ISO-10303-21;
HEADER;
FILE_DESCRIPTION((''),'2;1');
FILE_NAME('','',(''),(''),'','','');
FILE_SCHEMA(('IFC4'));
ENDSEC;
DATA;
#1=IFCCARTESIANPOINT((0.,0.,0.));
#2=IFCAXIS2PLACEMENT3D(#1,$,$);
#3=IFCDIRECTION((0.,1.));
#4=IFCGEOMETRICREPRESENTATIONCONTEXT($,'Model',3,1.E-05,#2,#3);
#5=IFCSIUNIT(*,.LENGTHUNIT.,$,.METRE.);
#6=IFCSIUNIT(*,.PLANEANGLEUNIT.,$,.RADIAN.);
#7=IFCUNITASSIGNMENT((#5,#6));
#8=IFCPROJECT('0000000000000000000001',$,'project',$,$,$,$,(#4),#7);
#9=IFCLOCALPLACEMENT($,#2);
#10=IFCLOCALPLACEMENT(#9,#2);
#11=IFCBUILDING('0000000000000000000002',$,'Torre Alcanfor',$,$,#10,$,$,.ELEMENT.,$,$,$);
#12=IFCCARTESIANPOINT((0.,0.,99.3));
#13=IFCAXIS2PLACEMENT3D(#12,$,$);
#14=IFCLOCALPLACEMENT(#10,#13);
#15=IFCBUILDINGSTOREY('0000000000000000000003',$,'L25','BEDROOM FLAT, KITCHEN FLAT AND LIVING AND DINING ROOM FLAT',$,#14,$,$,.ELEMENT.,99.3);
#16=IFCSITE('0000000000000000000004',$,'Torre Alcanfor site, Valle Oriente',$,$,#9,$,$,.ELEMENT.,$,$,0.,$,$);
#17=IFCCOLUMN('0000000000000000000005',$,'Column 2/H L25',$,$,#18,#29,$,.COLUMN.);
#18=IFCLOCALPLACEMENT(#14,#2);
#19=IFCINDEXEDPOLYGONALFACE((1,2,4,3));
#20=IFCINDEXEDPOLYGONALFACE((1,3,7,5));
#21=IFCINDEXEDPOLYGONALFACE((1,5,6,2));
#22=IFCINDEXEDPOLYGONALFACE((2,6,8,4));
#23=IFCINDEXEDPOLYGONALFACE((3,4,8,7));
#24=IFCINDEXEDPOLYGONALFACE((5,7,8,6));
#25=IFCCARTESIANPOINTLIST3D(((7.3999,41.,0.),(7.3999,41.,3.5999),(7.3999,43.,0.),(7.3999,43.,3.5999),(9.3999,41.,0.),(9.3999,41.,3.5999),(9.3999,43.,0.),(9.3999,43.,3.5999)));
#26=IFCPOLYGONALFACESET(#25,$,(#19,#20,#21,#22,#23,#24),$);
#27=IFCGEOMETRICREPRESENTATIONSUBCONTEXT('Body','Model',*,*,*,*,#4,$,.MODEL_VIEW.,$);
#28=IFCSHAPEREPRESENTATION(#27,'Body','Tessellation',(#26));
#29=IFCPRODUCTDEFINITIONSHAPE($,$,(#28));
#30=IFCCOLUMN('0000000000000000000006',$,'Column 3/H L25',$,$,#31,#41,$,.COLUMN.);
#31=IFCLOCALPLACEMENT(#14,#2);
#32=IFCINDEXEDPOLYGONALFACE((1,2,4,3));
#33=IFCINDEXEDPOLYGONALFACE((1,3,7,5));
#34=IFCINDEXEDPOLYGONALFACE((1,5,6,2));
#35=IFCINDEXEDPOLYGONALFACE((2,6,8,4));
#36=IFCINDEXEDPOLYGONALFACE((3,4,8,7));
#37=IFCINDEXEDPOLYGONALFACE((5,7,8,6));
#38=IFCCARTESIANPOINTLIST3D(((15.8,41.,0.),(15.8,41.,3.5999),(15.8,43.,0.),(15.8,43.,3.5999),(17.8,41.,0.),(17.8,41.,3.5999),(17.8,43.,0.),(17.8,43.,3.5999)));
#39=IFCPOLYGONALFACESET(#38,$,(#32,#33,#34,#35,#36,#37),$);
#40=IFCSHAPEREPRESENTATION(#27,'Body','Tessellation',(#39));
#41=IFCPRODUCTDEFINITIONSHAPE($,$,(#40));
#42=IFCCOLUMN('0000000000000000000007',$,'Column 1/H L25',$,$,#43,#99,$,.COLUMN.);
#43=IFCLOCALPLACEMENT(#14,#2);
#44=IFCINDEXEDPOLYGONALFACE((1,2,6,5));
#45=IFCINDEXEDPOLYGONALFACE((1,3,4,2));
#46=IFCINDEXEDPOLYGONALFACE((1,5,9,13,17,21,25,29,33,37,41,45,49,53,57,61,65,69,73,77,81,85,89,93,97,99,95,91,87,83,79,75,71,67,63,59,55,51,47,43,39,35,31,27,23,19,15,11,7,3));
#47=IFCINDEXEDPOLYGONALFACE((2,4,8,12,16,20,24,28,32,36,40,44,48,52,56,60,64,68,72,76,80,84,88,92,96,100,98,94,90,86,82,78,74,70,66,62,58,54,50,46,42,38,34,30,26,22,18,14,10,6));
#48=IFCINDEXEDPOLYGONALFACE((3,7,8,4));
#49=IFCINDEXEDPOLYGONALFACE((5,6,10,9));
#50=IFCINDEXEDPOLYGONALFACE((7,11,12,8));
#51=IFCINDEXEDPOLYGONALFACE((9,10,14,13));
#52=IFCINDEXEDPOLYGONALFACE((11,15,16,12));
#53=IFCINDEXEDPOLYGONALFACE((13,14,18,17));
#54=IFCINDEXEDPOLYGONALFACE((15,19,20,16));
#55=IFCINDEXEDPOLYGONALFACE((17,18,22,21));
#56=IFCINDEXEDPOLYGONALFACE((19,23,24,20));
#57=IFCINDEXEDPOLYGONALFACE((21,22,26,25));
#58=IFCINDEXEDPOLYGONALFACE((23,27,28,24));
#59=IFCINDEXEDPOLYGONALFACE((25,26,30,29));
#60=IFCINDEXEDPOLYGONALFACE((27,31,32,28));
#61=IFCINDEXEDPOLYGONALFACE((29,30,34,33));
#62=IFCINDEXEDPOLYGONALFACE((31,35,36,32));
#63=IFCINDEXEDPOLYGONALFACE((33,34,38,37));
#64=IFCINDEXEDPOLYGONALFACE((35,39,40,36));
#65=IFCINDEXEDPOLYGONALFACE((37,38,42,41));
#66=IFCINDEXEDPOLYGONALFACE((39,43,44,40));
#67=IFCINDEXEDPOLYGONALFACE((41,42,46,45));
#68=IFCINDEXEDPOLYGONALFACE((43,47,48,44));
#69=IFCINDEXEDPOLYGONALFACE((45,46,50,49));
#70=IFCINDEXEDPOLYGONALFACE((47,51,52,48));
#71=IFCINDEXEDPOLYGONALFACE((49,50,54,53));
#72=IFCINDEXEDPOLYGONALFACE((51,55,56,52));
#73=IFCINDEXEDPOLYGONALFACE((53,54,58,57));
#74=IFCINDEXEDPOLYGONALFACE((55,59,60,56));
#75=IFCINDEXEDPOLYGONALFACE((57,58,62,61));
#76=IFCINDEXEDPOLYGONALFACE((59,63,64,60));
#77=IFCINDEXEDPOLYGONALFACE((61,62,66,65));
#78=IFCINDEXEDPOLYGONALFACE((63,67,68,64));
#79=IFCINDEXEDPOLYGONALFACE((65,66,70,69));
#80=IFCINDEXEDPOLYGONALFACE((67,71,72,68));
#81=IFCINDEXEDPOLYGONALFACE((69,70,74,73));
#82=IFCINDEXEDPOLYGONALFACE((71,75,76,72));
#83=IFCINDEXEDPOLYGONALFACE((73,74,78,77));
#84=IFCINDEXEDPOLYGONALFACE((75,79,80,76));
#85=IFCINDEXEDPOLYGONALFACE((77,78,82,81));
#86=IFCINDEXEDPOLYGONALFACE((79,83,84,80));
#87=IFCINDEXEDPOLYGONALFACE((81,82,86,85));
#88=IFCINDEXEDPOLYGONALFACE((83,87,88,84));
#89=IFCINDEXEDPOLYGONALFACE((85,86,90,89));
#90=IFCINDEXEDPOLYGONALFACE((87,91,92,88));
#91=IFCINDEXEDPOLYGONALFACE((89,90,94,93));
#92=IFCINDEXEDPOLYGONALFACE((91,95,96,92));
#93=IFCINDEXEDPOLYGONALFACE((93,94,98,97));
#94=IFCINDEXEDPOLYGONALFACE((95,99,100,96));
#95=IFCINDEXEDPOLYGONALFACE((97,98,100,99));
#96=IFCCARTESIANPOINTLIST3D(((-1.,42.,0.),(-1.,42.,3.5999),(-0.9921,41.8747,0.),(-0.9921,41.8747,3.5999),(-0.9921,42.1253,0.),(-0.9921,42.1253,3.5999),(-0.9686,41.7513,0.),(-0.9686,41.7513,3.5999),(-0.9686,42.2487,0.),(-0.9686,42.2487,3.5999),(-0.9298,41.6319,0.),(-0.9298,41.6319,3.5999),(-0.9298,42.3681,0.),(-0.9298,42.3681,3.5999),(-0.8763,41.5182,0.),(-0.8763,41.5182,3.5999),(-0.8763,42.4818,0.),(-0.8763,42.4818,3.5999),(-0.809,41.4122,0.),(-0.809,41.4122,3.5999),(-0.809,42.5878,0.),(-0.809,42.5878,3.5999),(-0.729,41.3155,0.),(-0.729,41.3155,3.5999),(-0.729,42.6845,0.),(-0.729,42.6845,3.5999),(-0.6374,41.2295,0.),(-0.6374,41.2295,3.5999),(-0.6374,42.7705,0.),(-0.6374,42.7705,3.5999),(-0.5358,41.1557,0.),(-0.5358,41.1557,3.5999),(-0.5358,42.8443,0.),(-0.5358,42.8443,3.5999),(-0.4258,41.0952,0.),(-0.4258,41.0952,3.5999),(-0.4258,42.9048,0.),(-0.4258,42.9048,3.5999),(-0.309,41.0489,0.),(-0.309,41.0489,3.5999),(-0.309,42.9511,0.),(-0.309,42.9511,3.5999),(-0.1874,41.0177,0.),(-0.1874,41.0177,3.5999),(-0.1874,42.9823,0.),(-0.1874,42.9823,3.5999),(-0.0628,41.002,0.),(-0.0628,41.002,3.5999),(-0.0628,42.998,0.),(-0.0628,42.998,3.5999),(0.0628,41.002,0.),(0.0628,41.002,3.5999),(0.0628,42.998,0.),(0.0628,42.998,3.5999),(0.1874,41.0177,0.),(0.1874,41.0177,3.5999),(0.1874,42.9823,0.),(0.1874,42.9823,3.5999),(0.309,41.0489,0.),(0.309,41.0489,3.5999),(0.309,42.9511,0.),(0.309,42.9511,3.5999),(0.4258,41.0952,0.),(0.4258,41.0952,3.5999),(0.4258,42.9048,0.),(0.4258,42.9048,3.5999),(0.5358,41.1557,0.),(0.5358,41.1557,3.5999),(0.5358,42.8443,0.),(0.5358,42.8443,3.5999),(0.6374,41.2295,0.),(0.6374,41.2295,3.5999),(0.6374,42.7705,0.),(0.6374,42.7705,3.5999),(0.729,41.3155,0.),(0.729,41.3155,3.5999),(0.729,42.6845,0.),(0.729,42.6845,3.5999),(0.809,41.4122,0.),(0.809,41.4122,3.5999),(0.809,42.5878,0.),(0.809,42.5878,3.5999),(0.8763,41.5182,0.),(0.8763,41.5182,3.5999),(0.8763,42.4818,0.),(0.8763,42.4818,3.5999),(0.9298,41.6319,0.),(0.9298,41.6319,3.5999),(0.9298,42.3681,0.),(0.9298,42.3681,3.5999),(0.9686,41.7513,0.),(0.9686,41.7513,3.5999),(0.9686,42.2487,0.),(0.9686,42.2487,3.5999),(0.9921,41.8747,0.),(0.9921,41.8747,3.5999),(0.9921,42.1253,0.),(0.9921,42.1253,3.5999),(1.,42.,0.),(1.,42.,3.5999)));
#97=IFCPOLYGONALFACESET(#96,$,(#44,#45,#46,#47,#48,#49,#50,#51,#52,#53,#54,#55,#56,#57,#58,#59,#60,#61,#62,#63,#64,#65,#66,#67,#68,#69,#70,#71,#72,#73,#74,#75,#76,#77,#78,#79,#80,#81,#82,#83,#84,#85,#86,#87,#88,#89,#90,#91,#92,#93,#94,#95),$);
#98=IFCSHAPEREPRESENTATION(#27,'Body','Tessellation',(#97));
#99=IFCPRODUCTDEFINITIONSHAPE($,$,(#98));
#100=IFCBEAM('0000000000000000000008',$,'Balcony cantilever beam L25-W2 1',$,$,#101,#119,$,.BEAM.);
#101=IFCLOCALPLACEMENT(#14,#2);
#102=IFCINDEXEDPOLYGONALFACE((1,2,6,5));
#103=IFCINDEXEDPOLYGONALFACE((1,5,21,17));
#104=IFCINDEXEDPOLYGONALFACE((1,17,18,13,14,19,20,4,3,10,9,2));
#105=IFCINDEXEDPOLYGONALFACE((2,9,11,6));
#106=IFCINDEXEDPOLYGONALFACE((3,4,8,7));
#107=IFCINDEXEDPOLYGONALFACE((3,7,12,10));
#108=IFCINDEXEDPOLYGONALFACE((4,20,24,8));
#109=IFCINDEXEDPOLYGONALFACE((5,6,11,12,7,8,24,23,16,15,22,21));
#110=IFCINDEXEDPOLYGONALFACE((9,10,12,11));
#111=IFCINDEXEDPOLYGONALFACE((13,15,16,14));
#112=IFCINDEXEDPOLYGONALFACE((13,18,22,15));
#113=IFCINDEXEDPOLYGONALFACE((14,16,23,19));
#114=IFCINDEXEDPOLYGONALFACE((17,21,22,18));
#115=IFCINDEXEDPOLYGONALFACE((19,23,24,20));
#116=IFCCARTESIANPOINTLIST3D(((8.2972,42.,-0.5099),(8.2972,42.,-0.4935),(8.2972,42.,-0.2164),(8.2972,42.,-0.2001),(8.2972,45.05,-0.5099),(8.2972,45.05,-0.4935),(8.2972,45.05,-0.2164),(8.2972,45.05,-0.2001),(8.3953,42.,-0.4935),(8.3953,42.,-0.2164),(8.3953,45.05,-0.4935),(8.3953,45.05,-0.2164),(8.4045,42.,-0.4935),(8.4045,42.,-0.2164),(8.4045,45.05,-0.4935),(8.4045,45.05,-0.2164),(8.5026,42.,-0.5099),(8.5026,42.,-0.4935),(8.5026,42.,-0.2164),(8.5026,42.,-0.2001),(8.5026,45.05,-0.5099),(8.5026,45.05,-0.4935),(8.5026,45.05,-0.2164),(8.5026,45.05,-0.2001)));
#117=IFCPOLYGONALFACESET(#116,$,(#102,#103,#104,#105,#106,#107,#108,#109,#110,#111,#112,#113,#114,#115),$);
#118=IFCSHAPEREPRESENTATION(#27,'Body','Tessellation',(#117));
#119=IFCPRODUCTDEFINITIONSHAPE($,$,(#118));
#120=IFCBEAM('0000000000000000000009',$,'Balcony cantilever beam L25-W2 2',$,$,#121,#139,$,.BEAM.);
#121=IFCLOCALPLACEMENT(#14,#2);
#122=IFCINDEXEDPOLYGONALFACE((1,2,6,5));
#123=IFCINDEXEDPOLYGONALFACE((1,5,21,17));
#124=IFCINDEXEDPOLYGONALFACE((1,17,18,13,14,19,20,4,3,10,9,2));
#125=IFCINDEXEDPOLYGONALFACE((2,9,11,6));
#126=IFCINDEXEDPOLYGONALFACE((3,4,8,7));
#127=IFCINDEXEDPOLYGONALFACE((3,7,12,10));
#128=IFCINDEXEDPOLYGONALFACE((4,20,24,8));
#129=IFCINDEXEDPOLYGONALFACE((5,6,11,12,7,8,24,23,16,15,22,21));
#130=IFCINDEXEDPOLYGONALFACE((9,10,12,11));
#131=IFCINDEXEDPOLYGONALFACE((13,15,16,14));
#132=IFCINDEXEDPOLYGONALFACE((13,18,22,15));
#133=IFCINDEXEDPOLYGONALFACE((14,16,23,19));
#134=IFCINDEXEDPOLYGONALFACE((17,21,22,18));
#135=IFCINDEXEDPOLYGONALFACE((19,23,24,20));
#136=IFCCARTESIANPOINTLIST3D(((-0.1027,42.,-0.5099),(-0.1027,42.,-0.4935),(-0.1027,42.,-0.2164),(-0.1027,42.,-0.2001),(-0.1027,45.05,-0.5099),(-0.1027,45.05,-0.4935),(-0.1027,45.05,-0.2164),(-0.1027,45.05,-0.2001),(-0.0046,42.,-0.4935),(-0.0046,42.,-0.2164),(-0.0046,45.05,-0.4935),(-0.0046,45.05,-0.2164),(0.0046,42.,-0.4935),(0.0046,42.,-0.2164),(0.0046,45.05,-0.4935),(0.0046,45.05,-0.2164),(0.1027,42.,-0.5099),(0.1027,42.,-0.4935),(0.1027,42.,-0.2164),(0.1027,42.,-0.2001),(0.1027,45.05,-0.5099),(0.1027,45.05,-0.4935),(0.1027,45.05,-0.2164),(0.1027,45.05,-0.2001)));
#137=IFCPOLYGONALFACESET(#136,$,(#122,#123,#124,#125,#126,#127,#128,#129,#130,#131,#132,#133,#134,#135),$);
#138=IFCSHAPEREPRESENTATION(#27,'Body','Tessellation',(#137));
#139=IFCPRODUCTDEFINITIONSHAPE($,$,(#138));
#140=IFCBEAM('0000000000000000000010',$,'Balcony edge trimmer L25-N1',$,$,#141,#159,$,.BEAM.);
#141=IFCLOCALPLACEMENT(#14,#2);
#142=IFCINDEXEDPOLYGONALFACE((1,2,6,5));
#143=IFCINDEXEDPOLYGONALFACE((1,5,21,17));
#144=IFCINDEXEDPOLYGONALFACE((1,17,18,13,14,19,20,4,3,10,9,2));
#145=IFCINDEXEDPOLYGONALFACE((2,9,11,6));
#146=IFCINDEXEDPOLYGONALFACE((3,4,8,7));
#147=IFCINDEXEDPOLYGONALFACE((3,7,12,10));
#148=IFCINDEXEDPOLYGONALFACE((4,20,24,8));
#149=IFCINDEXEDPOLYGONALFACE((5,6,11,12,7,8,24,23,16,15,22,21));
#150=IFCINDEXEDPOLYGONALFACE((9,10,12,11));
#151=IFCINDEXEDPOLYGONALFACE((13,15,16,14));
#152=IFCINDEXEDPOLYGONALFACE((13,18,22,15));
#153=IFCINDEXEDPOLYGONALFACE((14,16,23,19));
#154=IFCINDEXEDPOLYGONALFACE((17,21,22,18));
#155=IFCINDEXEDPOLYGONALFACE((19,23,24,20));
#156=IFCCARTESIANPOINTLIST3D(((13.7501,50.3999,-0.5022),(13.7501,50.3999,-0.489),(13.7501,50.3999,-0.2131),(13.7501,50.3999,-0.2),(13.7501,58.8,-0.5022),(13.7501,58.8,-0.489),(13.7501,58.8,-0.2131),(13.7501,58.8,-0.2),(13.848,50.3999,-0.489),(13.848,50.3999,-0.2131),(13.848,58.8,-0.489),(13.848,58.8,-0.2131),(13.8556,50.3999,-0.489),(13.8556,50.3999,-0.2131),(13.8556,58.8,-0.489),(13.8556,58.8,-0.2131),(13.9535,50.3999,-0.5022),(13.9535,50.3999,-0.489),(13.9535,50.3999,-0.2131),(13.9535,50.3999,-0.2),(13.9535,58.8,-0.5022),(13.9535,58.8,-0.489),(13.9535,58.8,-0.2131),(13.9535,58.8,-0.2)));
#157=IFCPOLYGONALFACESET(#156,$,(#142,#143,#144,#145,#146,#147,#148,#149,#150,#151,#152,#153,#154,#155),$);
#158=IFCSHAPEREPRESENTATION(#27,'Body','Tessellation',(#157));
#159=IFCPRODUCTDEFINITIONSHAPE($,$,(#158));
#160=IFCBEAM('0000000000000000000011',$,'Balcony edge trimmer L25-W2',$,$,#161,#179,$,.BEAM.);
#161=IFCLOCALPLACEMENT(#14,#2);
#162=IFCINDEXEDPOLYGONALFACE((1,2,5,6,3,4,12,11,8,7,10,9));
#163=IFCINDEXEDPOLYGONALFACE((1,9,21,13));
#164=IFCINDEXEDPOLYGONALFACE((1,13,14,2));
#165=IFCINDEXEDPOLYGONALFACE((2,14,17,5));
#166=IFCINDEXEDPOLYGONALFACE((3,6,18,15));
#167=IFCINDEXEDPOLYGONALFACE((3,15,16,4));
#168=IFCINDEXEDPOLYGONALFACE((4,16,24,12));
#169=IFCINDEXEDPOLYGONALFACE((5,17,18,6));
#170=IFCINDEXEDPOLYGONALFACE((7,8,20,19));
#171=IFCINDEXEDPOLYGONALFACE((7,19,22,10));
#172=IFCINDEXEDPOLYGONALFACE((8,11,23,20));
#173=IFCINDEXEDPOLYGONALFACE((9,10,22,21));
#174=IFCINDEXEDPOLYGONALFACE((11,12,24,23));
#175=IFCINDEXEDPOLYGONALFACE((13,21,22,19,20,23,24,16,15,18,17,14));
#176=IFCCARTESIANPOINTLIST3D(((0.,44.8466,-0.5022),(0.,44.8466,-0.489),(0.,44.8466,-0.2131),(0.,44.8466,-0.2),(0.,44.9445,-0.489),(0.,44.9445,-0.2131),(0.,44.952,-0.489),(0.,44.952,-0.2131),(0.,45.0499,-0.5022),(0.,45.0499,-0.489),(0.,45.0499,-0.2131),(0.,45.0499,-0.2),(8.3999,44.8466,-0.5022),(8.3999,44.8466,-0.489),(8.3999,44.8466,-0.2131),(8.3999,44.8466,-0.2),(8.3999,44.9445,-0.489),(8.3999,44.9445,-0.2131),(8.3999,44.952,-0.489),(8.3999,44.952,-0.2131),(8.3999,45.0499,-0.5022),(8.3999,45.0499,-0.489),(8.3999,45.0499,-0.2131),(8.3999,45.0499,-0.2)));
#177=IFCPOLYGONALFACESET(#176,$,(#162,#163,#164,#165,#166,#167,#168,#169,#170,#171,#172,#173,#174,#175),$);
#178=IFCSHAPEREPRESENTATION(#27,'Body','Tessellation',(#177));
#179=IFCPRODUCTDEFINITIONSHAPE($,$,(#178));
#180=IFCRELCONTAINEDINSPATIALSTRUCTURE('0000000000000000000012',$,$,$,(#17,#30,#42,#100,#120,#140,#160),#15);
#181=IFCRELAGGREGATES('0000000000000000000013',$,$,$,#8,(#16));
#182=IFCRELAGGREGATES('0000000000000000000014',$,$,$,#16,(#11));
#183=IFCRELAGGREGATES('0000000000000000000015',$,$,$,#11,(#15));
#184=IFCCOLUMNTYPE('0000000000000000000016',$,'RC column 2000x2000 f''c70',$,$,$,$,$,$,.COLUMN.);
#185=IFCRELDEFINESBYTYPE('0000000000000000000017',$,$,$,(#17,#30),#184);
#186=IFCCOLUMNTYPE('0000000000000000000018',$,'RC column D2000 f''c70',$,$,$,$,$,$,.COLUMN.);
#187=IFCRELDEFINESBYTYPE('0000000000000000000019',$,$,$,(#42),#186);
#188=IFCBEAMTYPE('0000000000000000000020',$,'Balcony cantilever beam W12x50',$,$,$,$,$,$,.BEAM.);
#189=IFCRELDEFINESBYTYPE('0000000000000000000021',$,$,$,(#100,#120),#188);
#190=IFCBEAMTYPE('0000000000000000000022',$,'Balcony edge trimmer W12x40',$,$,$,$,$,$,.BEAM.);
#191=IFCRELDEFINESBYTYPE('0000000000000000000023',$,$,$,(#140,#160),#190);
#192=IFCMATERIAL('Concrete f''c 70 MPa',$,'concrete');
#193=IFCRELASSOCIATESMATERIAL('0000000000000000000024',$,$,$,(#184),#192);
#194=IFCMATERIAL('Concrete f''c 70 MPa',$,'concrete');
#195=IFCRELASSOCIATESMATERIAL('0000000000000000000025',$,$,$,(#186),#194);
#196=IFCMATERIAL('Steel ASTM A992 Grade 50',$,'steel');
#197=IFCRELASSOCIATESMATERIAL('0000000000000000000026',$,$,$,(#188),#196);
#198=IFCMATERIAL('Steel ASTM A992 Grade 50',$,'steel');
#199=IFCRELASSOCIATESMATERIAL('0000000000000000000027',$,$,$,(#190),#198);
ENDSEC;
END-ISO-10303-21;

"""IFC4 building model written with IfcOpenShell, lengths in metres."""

from ifc_helpers import new_model, si_unit, direction, frame, origin, origin_2d, place, context, subcontext, project, spatial, rectangle, circle, i_section, extrude, material, material_profile, profile_set, type_object, element, save


model = new_model("IFC4")

# Units and contexts
model_context = context("Model", 3, precision=1e-05, world=origin(), true_north=direction((0.0, 1.0)))
body_context = subcontext(model_context, "Body", "Model", "MODEL_VIEW")
ifc_project = project(units=[si_unit("LENGTHUNIT", "METRE"), si_unit("PLANEANGLEUNIT", "RADIAN")], contexts=[model_context])

# Site, building, storey
site_placement = place(None, origin())
site = spatial("IfcSite", under=ifc_project, at=site_placement, Name="Torre Alcanfor site, Valle Oriente", CompositionType="ELEMENT", RefElevation=0.0)
building_placement = place(site_placement, origin())
building = spatial("IfcBuilding", under=site, at=building_placement, Name="Torre Alcanfor", CompositionType="ELEMENT")
storey_placement = place(building_placement, frame((0.0, 0.0, 99.3)))
storey = spatial("IfcBuildingStorey", under=building, at=storey_placement, Name="L25", Description="BEDROOM FLAT, KITCHEN FLAT AND LIVING AND DINING ROOM FLAT", CompositionType="ELEMENT", Elevation=99.3)

# Columns
ifc_material_1 = material(Name="Concrete f'c 70 MPa", Category="concrete")
ifc_material_profile_1 = material_profile(ifc_material_1, rectangle(XDim=2.0, YDim=2.0, at=origin_2d()), Name="2000x2000")
ifc_profile_set_1 = profile_set([ifc_material_profile_1], Name="Concrete f'c 70 MPa")
column_type_1 = type_object("IfcColumnType", Name="RC column 2000x2000 f'c70", PredefinedType="COLUMN", material=ifc_profile_set_1)
for number, where, z_axis, x_axis, name in (
    (1, (8.3999, 42.0, 0.0), (0.0, 0.0, 1.0), (1.0, 0.0, 0.0), "Column 2/H L25"),
    (2, (16.8, 42.0, 0.0), (0.0, 0.0, 1.0), (1.0, 0.0, 0.0), "Column 3/H L25"),
):
    element("IfcColumn", number, at=place(storey_placement, frame(where, z_axis=z_axis, x_axis=x_axis)), inside=storey, type_object=column_type_1, Name=name, PredefinedType="COLUMN", context=body_context, shape_type="SweptSolid", body=[
        extrude(rectangle(XDim=2.0, YDim=2.0, at=origin_2d()), origin(), (0.0, 0.0, 1.0), 3.5999),
    ])
ifc_material_2 = material(Name="Concrete f'c 70 MPa", Category="concrete")
ifc_material_profile_2 = material_profile(ifc_material_2, circle(Radius=1.0, at=origin_2d()), Name="D2000")
ifc_profile_set_2 = profile_set([ifc_material_profile_2], Name="Concrete f'c 70 MPa")
column_type_2 = type_object("IfcColumnType", Name="RC column D2000 f'c70", PredefinedType="COLUMN", material=ifc_profile_set_2)
column_placement = place(storey_placement, frame((0.0, 42.0, 0.0), z_axis=(0.0, 0.0, 1.0), x_axis=(1.0, 0.0, 0.0)))
element("IfcColumn", 3, at=column_placement, inside=storey, type_object=column_type_2, Name="Column 1/H L25", PredefinedType="COLUMN", context=body_context, shape_type="SweptSolid", body=[
    extrude(circle(Radius=1.0, at=origin_2d()), origin(), (0.0, 0.0, 1.0), 3.5999),
])

# Beams
ifc_material_3 = material(Name="Steel ASTM A992 Grade 50", Category="steel")
ifc_material_profile_3 = material_profile(ifc_material_3, i_section(OverallWidth=0.2053, OverallDepth=0.3098, WebThickness=0.0093, FlangeThickness=0.0164, at=origin_2d()), Name="W12x50")
ifc_profile_set_3 = profile_set([ifc_material_profile_3], Name="Steel ASTM A992 Grade 50")
beam_type_1 = type_object("IfcBeamType", Name="Balcony cantilever beam W12x50", PredefinedType="BEAM", material=ifc_profile_set_3)
for number, where, z_axis, x_axis, name in (
    (4, (8.3999, 42.0, -0.355), (0.0, 1.0, 0.0), (-1.0, 0.0, 0.0), "Balcony cantilever beam L25-W2 1"),
    (5, (0.0, 42.0, -0.355), (0.0, 1.0, 0.0), (-1.0, 0.0, 0.0), "Balcony cantilever beam L25-W2 2"),
):
    element("IfcBeam", number, at=place(storey_placement, frame(where, z_axis=z_axis, x_axis=x_axis)), inside=storey, type_object=beam_type_1, Name=name, PredefinedType="BEAM", context=body_context, shape_type="SweptSolid", body=[
        extrude(i_section(OverallWidth=0.2053, OverallDepth=0.3098, WebThickness=0.0093, FlangeThickness=0.0164, at=origin_2d()), origin(), (0.0, 0.0, 1.0), 3.05),
    ])
ifc_material_4 = material(Name="Steel ASTM A992 Grade 50", Category="steel")
ifc_material_profile_4 = material_profile(ifc_material_4, i_section(OverallWidth=0.2034, OverallDepth=0.3022, WebThickness=0.0076, FlangeThickness=0.0132, at=origin_2d()), Name="W12x40")
ifc_profile_set_4 = profile_set([ifc_material_profile_4], Name="Steel ASTM A992 Grade 50")
beam_type_2 = type_object("IfcBeamType", Name="Balcony edge trimmer W12x40", PredefinedType="BEAM", material=ifc_profile_set_4)
beam_1_placement = place(storey_placement, frame((13.8518, 50.3999, -0.3511), z_axis=(0.0, 1.0, 0.0), x_axis=(-1.0, 0.0, 0.0)))
element("IfcBeam", 6, at=beam_1_placement, inside=storey, type_object=beam_type_2, Name="Balcony edge trimmer L25-N1", PredefinedType="BEAM", context=body_context, shape_type="SweptSolid", body=[
    extrude(i_section(OverallWidth=0.2034, OverallDepth=0.3022, WebThickness=0.0076, FlangeThickness=0.0132, at=origin_2d()), origin(), (0.0, 0.0, 1.0), 8.4001),
])
beam_2_placement = place(storey_placement, frame((8.3999, 44.9482, -0.3511), z_axis=(-1.0, 0.0, 0.0), x_axis=(0.0, -1.0, 0.0)))
element("IfcBeam", 7, at=beam_2_placement, inside=storey, type_object=beam_type_2, Name="Balcony edge trimmer L25-W2", PredefinedType="BEAM", context=body_context, shape_type="SweptSolid", body=[
    extrude(i_section(OverallWidth=0.2034, OverallDepth=0.3022, WebThickness=0.0076, FlangeThickness=0.0132, at=origin_2d()), origin(), (0.0, 0.0, 1.0), 8.3999),
])

save(model, "model.ifc")
